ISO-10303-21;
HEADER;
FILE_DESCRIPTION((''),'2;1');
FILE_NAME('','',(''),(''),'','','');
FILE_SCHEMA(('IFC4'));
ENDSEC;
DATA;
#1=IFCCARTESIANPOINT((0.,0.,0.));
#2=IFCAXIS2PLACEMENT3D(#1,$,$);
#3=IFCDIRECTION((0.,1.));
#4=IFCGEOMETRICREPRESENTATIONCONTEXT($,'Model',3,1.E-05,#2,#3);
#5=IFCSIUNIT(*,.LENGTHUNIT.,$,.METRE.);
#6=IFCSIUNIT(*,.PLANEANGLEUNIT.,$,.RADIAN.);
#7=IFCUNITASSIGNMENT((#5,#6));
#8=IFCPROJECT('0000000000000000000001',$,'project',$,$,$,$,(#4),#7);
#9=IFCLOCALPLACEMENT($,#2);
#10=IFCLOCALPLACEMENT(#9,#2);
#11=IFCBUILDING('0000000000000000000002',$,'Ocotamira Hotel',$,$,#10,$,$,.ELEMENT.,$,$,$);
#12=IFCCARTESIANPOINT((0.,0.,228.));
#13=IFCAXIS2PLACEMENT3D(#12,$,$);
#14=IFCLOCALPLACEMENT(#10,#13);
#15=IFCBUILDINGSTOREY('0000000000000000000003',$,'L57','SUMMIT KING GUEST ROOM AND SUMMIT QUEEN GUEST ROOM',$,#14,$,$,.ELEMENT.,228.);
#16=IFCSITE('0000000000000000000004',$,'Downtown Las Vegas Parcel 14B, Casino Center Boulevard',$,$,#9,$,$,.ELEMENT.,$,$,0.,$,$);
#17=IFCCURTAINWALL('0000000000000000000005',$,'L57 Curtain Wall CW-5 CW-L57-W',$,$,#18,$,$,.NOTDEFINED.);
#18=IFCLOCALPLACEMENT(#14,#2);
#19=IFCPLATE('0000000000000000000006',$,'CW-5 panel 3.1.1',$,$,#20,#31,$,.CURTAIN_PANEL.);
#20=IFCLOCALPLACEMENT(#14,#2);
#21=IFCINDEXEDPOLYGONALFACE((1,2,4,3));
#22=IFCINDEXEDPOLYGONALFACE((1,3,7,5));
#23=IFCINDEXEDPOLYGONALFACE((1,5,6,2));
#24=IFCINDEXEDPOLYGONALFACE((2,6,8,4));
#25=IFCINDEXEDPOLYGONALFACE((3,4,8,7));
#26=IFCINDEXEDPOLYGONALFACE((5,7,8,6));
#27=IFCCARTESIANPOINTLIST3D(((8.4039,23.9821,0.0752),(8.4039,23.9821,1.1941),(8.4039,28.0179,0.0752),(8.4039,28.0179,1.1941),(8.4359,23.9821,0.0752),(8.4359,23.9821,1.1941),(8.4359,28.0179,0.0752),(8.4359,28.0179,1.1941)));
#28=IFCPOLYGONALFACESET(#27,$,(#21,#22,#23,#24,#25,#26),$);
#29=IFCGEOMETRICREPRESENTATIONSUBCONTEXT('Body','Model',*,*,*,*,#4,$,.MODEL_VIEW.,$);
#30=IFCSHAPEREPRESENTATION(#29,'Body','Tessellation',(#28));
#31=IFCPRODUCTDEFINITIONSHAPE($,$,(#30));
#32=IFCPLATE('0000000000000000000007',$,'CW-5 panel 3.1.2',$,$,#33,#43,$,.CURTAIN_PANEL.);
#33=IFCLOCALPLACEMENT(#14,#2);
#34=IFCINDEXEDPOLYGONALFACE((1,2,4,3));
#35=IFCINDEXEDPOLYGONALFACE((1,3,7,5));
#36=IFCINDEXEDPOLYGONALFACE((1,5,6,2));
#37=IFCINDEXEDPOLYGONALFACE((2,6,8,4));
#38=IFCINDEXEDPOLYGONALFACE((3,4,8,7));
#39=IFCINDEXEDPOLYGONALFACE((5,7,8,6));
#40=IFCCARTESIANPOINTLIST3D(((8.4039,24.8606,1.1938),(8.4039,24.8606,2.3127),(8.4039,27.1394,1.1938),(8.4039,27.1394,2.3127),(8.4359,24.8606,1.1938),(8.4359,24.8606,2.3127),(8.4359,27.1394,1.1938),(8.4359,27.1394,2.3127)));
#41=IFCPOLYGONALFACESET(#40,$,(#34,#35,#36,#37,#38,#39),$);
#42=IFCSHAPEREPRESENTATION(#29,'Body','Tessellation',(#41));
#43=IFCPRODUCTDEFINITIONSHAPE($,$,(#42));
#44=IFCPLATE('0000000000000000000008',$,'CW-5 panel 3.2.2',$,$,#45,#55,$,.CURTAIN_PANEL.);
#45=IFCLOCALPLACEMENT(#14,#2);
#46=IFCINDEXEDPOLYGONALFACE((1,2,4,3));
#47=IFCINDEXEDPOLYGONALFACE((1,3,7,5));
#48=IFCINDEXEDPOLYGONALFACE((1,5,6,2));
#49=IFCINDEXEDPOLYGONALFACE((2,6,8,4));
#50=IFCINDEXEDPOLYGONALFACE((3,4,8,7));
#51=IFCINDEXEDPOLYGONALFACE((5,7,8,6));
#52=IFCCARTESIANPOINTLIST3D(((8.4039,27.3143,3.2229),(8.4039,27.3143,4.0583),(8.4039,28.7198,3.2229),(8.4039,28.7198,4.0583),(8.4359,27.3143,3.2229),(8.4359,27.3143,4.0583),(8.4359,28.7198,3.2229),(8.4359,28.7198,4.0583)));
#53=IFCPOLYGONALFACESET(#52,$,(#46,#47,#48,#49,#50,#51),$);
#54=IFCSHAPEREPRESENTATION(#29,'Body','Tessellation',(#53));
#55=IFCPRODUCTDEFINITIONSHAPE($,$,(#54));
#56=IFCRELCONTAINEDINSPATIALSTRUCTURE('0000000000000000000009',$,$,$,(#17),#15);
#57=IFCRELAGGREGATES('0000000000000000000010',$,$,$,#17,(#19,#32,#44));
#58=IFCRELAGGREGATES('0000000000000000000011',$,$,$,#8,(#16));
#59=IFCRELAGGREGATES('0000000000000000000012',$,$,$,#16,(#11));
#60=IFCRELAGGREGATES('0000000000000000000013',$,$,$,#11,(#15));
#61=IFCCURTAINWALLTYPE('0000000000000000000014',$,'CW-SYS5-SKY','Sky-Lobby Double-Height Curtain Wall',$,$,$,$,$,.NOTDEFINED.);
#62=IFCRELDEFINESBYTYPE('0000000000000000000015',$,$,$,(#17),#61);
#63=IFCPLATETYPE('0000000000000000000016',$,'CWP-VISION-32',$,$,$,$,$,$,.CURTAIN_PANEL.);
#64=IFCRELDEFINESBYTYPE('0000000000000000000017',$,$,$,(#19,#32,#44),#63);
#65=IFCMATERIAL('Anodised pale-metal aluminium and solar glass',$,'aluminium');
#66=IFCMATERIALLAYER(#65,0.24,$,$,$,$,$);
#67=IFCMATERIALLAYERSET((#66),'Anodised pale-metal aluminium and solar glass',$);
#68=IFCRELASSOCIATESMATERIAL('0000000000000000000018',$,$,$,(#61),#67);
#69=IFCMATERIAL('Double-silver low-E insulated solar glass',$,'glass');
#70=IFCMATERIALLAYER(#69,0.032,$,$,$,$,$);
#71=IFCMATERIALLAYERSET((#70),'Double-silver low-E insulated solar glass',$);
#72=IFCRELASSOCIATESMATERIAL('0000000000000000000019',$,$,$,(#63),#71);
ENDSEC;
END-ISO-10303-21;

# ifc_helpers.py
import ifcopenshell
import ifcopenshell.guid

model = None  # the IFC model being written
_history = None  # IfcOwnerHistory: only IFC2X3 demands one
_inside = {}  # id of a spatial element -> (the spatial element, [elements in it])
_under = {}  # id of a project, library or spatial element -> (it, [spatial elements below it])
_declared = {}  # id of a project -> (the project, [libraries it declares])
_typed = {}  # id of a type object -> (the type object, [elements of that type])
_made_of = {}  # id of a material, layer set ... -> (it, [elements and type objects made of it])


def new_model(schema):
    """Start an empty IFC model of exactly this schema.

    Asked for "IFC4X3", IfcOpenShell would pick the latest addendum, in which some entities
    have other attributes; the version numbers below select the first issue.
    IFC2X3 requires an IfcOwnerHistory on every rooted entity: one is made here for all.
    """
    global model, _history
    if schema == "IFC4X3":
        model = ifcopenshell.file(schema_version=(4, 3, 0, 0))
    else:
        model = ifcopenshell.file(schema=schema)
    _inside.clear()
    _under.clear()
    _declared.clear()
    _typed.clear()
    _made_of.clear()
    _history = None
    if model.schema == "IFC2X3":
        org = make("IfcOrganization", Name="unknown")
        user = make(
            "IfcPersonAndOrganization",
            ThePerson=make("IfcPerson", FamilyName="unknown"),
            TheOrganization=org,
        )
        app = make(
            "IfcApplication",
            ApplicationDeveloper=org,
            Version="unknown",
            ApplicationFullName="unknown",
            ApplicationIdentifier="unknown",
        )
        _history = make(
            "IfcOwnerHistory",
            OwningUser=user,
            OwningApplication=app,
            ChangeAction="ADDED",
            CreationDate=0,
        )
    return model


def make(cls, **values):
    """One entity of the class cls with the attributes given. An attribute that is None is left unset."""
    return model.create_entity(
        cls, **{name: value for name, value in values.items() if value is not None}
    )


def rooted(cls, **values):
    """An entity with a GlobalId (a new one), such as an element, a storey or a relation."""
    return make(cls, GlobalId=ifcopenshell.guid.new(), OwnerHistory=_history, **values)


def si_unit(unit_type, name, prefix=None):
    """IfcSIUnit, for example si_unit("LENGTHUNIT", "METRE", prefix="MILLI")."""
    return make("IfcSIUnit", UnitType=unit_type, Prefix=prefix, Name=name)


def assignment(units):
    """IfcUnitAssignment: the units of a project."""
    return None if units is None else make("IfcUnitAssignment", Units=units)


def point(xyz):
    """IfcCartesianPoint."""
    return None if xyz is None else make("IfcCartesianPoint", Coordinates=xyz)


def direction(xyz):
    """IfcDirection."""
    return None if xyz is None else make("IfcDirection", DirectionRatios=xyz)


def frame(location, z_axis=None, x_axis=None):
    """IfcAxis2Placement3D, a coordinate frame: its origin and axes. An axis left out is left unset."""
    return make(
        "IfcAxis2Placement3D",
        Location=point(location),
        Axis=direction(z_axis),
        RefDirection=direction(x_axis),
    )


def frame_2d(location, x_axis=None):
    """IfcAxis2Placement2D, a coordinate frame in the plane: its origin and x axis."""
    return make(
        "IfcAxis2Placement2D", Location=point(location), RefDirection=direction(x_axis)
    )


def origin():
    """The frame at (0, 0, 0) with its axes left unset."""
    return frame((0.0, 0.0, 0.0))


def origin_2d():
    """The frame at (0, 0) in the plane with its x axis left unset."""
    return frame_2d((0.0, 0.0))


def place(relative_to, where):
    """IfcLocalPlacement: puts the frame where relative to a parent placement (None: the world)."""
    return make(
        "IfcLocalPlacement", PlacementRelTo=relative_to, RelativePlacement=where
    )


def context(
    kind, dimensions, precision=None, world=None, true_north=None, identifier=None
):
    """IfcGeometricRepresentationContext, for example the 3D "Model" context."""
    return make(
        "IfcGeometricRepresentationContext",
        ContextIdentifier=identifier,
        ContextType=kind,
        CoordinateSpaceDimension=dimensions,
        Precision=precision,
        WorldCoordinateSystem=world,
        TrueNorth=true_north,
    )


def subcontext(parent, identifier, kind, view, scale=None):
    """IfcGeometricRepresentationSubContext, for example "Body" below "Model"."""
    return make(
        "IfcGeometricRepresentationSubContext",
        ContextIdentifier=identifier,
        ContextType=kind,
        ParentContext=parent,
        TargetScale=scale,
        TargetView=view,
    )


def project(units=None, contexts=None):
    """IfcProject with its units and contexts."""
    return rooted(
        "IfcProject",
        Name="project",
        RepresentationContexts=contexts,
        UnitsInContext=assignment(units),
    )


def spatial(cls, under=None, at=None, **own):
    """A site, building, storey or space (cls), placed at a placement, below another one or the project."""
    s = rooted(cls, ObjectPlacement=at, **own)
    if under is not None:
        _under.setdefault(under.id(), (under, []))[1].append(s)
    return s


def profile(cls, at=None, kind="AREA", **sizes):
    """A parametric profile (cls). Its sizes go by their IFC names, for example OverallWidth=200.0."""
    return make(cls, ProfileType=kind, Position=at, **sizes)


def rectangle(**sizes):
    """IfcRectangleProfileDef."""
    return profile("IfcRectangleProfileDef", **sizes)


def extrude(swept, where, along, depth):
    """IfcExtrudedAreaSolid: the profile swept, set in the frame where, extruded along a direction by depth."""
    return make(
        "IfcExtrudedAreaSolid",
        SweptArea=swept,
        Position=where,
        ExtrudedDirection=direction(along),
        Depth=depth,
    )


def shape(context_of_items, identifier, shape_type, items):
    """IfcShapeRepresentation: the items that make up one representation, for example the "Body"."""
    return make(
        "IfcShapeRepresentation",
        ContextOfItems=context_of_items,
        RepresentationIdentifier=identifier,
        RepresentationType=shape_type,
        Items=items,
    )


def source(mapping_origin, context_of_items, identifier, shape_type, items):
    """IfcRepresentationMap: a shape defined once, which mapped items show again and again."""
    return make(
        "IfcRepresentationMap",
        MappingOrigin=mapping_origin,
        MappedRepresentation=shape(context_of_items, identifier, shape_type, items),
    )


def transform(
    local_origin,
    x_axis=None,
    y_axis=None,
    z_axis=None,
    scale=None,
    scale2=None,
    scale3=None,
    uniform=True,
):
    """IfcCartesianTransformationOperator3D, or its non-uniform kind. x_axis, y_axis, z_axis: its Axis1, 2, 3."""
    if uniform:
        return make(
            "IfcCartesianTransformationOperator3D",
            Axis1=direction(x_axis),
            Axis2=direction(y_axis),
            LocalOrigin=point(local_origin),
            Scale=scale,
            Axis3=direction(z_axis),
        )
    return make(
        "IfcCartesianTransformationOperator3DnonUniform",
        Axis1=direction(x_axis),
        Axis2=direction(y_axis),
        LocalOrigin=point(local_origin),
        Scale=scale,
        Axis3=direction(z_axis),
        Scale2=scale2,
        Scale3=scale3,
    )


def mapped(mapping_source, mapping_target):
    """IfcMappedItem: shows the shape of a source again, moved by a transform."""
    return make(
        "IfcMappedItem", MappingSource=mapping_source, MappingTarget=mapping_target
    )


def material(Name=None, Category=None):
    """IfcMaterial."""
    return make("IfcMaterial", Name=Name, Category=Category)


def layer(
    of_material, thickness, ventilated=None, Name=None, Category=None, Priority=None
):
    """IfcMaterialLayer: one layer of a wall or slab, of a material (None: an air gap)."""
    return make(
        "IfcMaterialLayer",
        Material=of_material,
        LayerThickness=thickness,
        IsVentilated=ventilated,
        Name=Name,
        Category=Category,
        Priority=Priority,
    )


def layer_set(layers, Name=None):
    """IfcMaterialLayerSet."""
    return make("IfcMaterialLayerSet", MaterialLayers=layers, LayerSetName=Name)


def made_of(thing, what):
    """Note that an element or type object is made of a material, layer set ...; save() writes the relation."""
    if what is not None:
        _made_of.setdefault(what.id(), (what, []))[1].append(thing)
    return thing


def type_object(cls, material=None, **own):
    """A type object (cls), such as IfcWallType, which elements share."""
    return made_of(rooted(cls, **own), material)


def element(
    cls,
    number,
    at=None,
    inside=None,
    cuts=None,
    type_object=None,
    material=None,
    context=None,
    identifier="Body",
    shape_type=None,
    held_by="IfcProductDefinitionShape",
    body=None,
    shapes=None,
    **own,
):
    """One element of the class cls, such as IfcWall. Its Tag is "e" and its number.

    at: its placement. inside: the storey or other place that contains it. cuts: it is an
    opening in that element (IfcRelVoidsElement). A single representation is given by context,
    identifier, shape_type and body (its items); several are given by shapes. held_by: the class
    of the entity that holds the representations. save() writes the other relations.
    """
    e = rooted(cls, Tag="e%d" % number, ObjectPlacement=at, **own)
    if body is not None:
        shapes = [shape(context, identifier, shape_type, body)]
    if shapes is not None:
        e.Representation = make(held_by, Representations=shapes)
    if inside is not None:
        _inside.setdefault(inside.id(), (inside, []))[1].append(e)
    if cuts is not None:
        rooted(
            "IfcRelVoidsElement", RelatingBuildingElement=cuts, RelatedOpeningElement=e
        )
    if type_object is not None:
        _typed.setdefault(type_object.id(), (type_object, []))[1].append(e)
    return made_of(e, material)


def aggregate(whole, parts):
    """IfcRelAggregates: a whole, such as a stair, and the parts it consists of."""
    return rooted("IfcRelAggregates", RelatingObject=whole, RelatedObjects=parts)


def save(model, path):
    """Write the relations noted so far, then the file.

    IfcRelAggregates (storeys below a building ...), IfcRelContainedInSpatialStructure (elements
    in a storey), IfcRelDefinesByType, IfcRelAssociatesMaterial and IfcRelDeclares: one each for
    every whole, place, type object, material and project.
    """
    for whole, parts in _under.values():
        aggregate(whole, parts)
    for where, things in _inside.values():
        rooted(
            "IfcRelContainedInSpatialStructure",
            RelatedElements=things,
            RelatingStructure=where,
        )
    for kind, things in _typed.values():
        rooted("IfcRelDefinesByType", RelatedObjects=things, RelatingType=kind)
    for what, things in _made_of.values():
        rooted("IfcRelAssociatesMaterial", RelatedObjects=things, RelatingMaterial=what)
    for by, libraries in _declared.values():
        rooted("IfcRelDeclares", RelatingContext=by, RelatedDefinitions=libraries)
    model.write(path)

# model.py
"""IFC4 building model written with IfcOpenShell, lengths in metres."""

from ifc_helpers import new_model, si_unit, direction, frame, origin, origin_2d, place, context, subcontext, project, spatial, rectangle, extrude, source, transform, mapped, material, layer, layer_set, type_object, element, aggregate, save


model = new_model("IFC4")

# Units and contexts
model_context = context("Model", 3, precision=1e-05, world=origin(), true_north=direction((0.0, 1.0)))
body_context = subcontext(model_context, "Body", "Model", "MODEL_VIEW")
ifc_project = project(units=[si_unit("LENGTHUNIT", "METRE"), si_unit("PLANEANGLEUNIT", "RADIAN")], contexts=[model_context])

# Site, building, storey
site_placement = place(None, origin())
site = spatial("IfcSite", under=ifc_project, at=site_placement, Name="Downtown Las Vegas Parcel 14B, Casino Center Boulevard", CompositionType="ELEMENT", RefElevation=0.0)
building_placement = place(site_placement, origin())
building = spatial("IfcBuilding", under=site, at=building_placement, Name="Ocotamira Hotel", CompositionType="ELEMENT")
storey_placement = place(building_placement, frame((0.0, 0.0, 228.0)))
storey = spatial("IfcBuildingStorey", under=building, at=storey_placement, Name="L57", Description="SUMMIT KING GUEST ROOM AND SUMMIT QUEEN GUEST ROOM", CompositionType="ELEMENT", Elevation=228.0)

# Curtain wall
ifc_material_1 = material(Name="Anodised pale-metal aluminium and solar glass", Category="aluminium")
ifc_layer_1 = layer(ifc_material_1, 0.24)
ifc_layer_set_1 = layer_set([ifc_layer_1], Name="Anodised pale-metal aluminium and solar glass")
curtain_wall_type = type_object("IfcCurtainWallType", Name="CW-SYS5-SKY", Description="Sky-Lobby Double-Height Curtain Wall", PredefinedType="NOTDEFINED", material=ifc_layer_set_1)
curtain_wall_placement = place(storey_placement, origin())
curtain_wall = element("IfcCurtainWall", 1, at=curtain_wall_placement, inside=storey, type_object=curtain_wall_type, Name="L57 Curtain Wall CW-5 CW-L57-W", PredefinedType="NOTDEFINED")

# Plates
ifc_material_2 = material(Name="Double-silver low-E insulated solar glass", Category="glass")
ifc_layer_2 = layer(ifc_material_2, 0.032)
ifc_layer_set_2 = layer_set([ifc_layer_2], Name="Double-silver low-E insulated solar glass")
plate_type_1 = type_object("IfcPlateType", Name="CWP-VISION-32", PredefinedType="CURTAIN_PANEL", material=ifc_layer_set_2)
shared_shape_1 = source(origin(), body_context, "Body", "SweptSolid", [
    extrude(rectangle(XDim=4.0359, YDim=0.032, at=origin_2d()), origin(), (0.0, 0.0, 1.0), 1.1189),
])
plate_1_placement = place(storey_placement, frame((8.4199, 26.0, 0.0752), z_axis=(0.0, 0.0, 1.0), x_axis=(0.0, 1.0, 0.0)))
plate_1 = element("IfcPlate", 2, at=plate_1_placement, type_object=plate_type_1, Name="CW-5 panel 3.1.1", PredefinedType="CURTAIN_PANEL", context=body_context, shape_type="MappedRepresentation", body=[
    mapped(shared_shape_1, transform((0.0, 0.0, 0.0), scale=1.0)),
])
shared_shape_2 = source(origin(), body_context, "Body", "SweptSolid", [
    extrude(rectangle(XDim=2.2788, YDim=0.032, at=origin_2d()), origin(), (0.0, 0.0, 1.0), 1.1189),
])
plate_2_placement = place(storey_placement, frame((8.4199, 26.0, 1.1938), z_axis=(0.0, 0.0, 1.0), x_axis=(0.0, 1.0, 0.0)))
plate_2 = element("IfcPlate", 3, at=plate_2_placement, type_object=plate_type_1, Name="CW-5 panel 3.1.2", PredefinedType="CURTAIN_PANEL", context=body_context, shape_type="MappedRepresentation", body=[
    mapped(shared_shape_2, transform((0.0, 0.0, 0.0), scale=1.0)),
])
shared_shape_3 = source(origin(), body_context, "Body", "SweptSolid", [
    extrude(rectangle(XDim=1.4055, YDim=0.032, at=origin_2d()), origin(), (0.0, 0.0, 1.0), 0.8354),
])
plate_3_placement = place(storey_placement, frame((8.4199, 28.0171, 3.2229), z_axis=(0.0, 0.0, 1.0), x_axis=(0.0, 1.0, 0.0)))
plate_3 = element("IfcPlate", 4, at=plate_3_placement, type_object=plate_type_1, Name="CW-5 panel 3.2.2", PredefinedType="CURTAIN_PANEL", context=body_context, shape_type="MappedRepresentation", body=[
    mapped(shared_shape_3, transform((0.0, 0.0, 0.0), scale=1.0)),
])
aggregate(curtain_wall, [plate_1, plate_2, plate_3])

save(model, "model.ifc")
